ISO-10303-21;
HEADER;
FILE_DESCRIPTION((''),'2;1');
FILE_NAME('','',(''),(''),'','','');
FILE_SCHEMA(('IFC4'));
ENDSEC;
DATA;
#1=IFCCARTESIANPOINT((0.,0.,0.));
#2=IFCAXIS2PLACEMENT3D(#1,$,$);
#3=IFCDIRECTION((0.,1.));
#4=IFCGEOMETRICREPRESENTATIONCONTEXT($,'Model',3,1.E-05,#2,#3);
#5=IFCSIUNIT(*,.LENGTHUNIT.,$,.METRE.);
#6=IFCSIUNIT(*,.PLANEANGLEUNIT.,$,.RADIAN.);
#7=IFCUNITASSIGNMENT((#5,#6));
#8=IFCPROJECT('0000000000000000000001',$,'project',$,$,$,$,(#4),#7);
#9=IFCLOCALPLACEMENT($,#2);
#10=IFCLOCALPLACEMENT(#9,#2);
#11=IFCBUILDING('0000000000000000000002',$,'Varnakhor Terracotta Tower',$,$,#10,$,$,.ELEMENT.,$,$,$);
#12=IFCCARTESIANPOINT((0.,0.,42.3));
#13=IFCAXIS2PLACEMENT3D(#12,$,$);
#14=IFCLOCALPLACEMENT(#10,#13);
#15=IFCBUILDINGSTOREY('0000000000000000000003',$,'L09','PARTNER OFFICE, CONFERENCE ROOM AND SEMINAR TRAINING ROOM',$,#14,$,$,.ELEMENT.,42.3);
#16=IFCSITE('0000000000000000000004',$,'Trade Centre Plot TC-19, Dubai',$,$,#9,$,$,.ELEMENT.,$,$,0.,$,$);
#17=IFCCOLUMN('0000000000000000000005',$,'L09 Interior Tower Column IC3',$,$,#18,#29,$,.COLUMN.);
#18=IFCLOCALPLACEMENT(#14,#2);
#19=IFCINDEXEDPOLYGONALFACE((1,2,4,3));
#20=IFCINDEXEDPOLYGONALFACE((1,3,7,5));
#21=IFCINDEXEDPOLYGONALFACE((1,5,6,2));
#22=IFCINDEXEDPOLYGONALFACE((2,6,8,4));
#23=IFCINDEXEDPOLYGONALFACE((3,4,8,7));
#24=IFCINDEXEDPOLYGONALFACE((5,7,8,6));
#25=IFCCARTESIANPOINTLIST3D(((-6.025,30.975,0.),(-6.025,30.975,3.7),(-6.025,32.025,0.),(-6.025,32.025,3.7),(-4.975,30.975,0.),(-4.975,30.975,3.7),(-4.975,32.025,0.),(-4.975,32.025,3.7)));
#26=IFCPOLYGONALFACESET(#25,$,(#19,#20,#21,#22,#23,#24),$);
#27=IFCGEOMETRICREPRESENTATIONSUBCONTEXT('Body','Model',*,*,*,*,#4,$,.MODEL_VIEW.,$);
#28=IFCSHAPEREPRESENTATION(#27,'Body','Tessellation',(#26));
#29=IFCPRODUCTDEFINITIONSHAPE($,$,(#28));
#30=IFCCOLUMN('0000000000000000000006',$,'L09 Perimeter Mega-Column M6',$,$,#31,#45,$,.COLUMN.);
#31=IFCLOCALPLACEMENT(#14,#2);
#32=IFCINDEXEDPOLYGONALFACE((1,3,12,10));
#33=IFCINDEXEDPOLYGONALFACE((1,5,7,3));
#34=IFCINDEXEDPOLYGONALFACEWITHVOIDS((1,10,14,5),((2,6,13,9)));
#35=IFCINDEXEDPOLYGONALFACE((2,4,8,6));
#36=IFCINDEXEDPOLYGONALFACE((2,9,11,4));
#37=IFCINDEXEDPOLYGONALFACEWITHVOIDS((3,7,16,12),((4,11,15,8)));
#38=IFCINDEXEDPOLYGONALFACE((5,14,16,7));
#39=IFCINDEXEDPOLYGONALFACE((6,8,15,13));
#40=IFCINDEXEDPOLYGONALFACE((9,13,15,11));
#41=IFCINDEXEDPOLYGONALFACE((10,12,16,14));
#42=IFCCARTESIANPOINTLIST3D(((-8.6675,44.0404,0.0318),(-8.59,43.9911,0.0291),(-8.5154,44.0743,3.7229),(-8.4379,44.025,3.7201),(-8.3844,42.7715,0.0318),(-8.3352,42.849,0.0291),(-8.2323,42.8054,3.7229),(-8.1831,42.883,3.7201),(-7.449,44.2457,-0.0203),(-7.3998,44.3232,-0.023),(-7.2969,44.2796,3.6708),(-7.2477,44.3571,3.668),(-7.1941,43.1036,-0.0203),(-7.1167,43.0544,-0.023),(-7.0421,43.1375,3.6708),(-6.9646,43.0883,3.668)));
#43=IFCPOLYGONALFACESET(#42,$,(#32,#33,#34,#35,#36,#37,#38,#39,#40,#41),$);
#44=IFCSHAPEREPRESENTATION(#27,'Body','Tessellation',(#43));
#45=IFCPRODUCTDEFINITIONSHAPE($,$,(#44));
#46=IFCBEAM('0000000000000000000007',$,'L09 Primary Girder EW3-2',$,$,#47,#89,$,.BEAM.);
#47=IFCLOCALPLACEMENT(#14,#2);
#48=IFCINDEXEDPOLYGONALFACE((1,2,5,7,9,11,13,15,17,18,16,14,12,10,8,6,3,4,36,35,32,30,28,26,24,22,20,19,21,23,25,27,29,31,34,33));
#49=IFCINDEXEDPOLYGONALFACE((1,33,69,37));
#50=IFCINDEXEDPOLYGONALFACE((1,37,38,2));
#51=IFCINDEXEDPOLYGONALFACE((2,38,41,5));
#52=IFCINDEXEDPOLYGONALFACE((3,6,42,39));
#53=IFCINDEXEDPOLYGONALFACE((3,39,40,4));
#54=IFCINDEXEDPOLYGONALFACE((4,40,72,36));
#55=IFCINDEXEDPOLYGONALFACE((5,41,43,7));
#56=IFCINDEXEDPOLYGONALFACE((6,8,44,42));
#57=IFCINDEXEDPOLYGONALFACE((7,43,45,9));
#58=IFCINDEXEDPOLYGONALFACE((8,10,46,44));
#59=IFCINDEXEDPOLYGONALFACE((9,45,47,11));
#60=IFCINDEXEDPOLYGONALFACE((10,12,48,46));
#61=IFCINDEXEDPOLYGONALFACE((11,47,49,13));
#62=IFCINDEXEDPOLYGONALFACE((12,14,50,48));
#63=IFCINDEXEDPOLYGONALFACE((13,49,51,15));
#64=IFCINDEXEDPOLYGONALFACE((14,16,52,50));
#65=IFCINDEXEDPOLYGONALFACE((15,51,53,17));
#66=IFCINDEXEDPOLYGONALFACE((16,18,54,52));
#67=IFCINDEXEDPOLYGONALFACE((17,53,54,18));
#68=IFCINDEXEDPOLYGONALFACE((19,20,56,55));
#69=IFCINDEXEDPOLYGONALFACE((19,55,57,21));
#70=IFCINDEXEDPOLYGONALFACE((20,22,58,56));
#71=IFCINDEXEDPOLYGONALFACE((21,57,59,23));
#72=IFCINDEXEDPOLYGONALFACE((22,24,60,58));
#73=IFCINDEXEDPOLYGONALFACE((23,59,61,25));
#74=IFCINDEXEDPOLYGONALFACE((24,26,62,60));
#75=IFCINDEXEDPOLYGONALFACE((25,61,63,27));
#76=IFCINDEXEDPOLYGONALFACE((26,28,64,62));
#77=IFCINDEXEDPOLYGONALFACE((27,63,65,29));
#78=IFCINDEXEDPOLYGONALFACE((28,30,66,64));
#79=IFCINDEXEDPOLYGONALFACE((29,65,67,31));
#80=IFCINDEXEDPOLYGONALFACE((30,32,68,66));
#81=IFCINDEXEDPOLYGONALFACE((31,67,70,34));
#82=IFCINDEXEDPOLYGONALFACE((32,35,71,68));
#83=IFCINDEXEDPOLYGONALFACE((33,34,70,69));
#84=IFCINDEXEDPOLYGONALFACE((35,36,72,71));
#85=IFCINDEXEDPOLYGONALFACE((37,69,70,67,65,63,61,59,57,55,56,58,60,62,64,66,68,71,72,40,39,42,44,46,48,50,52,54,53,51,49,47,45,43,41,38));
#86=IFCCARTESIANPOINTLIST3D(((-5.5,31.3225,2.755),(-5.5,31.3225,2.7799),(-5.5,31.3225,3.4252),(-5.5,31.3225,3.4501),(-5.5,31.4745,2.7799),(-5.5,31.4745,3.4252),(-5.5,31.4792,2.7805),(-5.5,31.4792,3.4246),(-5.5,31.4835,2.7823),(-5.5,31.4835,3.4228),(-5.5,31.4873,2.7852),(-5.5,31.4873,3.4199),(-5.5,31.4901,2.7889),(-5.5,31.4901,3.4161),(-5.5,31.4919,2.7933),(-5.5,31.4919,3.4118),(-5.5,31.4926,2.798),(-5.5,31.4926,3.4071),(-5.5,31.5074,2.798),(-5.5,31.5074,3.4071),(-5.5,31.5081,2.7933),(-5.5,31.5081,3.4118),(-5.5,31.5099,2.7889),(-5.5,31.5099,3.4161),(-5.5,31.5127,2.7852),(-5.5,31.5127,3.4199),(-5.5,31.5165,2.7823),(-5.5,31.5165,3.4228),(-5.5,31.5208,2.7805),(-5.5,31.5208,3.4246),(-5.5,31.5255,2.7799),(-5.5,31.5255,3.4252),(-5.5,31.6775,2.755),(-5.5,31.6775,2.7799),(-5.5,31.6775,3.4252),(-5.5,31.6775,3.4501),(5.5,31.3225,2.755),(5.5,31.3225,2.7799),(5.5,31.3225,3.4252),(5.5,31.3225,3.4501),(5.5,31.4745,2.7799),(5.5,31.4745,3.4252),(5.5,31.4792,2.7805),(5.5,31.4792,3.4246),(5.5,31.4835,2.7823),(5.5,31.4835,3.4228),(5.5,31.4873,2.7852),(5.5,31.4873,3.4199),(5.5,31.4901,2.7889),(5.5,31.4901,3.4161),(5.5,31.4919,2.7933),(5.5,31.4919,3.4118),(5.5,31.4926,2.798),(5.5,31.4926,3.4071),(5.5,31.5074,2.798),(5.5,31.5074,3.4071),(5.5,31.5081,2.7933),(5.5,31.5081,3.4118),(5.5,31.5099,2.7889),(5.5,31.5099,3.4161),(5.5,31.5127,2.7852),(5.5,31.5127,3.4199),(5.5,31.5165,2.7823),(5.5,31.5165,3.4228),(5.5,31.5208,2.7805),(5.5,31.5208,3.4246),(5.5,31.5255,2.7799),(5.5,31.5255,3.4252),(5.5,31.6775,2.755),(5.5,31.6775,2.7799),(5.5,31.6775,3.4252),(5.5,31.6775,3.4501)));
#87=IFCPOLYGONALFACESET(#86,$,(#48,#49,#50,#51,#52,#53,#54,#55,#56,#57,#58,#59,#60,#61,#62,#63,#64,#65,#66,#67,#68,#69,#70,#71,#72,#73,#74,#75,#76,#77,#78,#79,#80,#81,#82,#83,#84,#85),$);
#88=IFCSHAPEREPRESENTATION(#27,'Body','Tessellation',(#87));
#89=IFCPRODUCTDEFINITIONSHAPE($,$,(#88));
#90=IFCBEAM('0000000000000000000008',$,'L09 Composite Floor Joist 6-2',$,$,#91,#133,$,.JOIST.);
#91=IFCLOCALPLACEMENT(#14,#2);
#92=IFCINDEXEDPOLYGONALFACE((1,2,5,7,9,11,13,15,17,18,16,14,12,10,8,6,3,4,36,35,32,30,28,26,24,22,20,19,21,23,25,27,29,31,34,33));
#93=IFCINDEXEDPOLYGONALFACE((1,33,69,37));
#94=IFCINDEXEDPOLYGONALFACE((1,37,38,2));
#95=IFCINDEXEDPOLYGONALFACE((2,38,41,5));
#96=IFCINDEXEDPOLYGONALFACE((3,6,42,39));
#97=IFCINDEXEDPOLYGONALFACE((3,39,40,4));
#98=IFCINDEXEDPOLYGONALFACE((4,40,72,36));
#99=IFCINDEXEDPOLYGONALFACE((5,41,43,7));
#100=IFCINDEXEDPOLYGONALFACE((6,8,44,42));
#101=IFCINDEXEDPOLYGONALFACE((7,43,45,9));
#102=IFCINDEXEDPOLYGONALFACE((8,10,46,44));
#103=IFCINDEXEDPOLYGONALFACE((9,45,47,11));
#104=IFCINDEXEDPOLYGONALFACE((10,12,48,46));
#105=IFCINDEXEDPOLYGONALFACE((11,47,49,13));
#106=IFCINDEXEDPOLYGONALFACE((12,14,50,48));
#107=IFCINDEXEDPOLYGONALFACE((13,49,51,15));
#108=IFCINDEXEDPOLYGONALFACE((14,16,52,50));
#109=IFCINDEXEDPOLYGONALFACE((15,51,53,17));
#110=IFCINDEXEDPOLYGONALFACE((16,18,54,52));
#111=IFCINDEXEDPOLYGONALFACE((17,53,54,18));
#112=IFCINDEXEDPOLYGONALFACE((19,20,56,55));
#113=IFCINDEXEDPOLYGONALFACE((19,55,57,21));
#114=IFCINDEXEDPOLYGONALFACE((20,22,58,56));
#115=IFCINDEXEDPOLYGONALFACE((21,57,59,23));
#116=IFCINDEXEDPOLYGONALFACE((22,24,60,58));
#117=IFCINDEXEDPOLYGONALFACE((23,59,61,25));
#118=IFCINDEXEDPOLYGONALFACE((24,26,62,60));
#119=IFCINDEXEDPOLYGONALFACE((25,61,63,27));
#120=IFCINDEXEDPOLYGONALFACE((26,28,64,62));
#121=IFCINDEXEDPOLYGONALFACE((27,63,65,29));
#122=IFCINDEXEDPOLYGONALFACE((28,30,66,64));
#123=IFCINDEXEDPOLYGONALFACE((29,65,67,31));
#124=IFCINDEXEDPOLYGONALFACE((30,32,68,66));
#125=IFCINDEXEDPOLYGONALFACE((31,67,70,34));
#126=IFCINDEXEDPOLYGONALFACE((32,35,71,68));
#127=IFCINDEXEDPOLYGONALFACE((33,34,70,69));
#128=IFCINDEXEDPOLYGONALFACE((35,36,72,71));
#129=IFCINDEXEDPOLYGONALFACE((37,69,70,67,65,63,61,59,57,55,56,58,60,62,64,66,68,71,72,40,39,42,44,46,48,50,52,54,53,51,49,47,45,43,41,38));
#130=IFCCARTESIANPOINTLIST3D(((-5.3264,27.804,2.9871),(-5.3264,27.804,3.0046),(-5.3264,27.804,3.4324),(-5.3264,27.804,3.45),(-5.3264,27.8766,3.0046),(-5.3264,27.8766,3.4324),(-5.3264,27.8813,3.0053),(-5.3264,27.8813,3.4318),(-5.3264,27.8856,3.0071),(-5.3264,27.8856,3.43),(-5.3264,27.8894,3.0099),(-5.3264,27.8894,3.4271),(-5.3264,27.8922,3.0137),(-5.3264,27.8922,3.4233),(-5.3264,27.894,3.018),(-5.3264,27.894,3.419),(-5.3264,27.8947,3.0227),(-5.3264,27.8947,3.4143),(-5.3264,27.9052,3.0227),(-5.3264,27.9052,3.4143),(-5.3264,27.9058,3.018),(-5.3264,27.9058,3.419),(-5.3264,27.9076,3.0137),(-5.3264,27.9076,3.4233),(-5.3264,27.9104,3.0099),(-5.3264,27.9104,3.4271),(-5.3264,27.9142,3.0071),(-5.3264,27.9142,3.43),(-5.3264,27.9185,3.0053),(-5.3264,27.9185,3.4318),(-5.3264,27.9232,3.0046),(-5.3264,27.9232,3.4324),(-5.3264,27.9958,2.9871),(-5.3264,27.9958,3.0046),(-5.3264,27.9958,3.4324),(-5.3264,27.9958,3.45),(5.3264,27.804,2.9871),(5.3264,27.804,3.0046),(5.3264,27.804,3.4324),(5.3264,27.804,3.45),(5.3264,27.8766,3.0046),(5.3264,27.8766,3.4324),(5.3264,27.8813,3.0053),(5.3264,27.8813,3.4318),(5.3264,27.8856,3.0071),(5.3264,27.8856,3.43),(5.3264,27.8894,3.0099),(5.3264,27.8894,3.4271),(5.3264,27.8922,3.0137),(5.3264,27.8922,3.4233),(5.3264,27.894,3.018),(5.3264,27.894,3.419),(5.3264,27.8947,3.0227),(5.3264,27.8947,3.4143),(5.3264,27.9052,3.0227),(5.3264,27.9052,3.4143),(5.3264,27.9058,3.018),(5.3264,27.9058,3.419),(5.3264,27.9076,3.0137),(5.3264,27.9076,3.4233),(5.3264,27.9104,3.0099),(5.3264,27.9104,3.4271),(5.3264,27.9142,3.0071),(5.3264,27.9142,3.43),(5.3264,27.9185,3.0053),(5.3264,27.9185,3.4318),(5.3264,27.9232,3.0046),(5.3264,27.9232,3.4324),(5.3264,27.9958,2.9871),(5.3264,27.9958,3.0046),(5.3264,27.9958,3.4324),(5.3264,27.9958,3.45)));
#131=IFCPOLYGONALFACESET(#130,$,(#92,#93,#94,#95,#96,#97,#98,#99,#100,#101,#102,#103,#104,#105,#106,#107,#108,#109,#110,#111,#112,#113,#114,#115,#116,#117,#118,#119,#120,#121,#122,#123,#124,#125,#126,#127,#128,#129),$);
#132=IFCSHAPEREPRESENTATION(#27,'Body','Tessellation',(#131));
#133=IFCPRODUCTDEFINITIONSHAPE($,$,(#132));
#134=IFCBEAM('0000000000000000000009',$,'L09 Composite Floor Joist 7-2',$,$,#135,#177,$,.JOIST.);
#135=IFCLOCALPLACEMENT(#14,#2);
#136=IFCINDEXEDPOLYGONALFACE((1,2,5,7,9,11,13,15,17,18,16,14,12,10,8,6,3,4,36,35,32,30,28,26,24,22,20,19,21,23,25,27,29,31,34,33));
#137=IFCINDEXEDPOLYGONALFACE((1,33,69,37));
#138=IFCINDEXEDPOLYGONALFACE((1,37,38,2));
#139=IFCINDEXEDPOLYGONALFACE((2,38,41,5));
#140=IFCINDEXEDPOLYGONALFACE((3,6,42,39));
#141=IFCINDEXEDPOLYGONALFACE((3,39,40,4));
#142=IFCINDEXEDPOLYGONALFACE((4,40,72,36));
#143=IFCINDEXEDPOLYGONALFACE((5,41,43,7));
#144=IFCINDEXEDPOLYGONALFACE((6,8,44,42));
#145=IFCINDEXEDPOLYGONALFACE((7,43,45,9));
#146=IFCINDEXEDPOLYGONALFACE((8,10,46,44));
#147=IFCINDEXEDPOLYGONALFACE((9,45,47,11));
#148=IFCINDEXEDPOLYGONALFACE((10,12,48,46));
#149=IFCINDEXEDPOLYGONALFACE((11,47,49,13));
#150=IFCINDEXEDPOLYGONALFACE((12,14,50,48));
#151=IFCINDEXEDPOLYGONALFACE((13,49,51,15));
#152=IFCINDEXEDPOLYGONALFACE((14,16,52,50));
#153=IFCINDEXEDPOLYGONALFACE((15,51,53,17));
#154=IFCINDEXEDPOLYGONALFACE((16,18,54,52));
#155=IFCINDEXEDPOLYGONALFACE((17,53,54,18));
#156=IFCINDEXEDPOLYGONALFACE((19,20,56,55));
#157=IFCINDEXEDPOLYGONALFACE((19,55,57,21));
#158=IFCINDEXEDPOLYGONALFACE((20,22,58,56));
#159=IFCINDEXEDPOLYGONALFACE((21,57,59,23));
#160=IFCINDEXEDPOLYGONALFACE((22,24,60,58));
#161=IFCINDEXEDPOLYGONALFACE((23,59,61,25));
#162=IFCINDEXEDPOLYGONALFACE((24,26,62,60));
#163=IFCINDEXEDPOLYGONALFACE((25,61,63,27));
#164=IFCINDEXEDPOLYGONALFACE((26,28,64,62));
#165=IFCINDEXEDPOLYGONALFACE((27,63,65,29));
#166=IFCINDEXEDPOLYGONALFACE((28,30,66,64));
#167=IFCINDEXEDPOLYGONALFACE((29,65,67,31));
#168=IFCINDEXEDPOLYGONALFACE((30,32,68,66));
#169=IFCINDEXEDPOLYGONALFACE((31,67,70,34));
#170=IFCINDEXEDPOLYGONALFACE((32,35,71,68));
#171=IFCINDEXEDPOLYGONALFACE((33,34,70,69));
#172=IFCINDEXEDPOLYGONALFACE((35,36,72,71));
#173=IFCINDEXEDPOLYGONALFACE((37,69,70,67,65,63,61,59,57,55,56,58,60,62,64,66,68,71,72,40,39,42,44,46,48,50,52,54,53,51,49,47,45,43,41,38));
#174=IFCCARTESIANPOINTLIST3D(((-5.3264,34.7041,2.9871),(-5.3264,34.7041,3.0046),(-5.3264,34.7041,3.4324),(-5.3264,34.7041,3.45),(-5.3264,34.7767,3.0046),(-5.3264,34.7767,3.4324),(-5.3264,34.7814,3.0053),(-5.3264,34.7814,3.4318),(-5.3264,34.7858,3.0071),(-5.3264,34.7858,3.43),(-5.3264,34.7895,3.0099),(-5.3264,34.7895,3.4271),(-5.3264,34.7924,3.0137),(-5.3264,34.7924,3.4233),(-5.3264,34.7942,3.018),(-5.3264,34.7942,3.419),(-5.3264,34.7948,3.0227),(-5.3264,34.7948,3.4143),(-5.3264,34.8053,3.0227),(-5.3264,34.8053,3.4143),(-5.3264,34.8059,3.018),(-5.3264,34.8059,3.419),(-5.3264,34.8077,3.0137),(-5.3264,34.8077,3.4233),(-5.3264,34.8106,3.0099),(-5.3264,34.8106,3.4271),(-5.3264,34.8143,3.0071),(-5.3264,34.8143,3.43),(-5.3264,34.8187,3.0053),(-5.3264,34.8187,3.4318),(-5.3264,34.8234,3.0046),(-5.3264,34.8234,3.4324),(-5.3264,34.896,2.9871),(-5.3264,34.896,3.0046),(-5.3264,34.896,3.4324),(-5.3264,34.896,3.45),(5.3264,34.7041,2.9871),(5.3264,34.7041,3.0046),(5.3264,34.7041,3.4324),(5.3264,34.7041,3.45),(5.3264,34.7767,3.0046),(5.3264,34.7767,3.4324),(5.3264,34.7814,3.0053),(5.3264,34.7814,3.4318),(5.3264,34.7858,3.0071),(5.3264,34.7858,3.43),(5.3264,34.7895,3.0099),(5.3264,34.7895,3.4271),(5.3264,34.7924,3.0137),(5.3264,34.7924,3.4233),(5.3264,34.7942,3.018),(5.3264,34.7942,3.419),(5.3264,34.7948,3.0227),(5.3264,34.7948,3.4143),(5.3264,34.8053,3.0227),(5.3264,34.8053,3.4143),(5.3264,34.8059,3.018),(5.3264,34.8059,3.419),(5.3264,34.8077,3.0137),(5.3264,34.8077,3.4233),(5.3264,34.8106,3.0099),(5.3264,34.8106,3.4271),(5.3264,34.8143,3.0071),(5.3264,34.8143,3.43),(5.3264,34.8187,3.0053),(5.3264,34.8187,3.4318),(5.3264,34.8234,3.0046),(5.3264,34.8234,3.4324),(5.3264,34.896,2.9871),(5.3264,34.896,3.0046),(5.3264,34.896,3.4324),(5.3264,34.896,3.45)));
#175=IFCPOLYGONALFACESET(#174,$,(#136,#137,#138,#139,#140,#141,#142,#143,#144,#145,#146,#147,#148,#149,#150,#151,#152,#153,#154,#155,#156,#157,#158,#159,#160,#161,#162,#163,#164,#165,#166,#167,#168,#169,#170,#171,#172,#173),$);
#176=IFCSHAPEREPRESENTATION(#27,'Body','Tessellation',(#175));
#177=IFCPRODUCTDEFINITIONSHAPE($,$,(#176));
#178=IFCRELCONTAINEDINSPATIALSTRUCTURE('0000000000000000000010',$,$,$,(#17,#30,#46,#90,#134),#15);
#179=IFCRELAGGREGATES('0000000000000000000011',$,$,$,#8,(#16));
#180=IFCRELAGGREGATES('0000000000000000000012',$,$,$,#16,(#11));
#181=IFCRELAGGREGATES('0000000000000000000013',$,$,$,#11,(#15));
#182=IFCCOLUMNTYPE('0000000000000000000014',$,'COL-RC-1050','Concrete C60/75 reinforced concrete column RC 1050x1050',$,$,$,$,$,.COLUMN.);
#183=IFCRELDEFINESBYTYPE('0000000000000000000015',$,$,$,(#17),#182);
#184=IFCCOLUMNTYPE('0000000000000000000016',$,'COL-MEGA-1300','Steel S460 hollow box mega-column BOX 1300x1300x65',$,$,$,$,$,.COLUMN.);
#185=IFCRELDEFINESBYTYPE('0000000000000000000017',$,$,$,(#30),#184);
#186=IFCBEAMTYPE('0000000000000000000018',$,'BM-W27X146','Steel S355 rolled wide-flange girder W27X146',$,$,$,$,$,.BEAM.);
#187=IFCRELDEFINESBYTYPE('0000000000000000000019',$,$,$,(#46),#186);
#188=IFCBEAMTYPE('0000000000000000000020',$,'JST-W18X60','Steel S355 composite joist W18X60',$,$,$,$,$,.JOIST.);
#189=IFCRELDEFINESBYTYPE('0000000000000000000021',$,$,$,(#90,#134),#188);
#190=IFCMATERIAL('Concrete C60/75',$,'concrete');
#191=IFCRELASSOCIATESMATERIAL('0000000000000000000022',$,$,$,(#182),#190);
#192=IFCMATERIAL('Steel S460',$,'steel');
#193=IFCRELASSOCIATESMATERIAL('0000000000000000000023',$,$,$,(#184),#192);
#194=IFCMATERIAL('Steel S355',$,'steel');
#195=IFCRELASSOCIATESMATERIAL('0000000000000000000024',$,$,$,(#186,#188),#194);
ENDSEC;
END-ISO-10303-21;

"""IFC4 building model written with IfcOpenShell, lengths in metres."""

from ifc_helpers import new_model, si_unit, direction, frame, origin, origin_2d, place, context, subcontext, project, spatial, rectangle, hollow_rectangle, i_section, extrude, source, transform, mapped, material, material_profile, profile_set, type_object, element, save


model = new_model("IFC4")

# Units and contexts
model_context = context("Model", 3, precision=1e-05, world=origin(), true_north=direction((0.0, 1.0)))
body_context = subcontext(model_context, "Body", "Model", "MODEL_VIEW")
ifc_project = project(units=[si_unit("LENGTHUNIT", "METRE"), si_unit("PLANEANGLEUNIT", "RADIAN")], contexts=[model_context])

# Site, building, storey
site_placement = place(None, origin())
site = spatial("IfcSite", under=ifc_project, at=site_placement, Name="Trade Centre Plot TC-19, Dubai", CompositionType="ELEMENT", RefElevation=0.0)
building_placement = place(site_placement, origin())
building = spatial("IfcBuilding", under=site, at=building_placement, Name="Varnakhor Terracotta Tower", CompositionType="ELEMENT")
storey_placement = place(building_placement, frame((0.0, 0.0, 42.3)))
storey = spatial("IfcBuildingStorey", under=building, at=storey_placement, Name="L09", Description="PARTNER OFFICE, CONFERENCE ROOM AND SEMINAR TRAINING ROOM", CompositionType="ELEMENT", Elevation=42.3)

# Columns
ifc_material_1 = material(Name="Concrete C60/75", Category="concrete")
ifc_material_profile_1 = material_profile(ifc_material_1, rectangle(XDim=1.05, YDim=1.05, at=origin_2d()), Name="RC 1050x1050")
ifc_profile_set_1 = profile_set([ifc_material_profile_1], Name="Concrete C60/75")
column_type_1 = type_object("IfcColumnType", Name="COL-RC-1050", Description="Concrete C60/75 reinforced concrete column RC 1050x1050", PredefinedType="COLUMN", material=ifc_profile_set_1)
shared_shape_1 = source(origin(), body_context, "Body", "SweptSolid", [
    extrude(rectangle(XDim=1.05, YDim=1.05, at=origin_2d()), origin(), (0.0, 0.0, 1.0), 3.7),
])
column_1_placement = place(storey_placement, frame((-5.5, 31.5, 0.0), z_axis=(0.0, 0.0, 1.0), x_axis=(1.0, 0.0, 0.0)))
element("IfcColumn", 1, at=column_1_placement, inside=storey, type_object=column_type_1, Name="L09 Interior Tower Column IC3", PredefinedType="COLUMN", context=body_context, shape_type="MappedRepresentation", body=[
    mapped(shared_shape_1, transform((0.0, 0.0, 0.0), scale=1.0)),
])
ifc_material_2 = material(Name="Steel S460", Category="steel")
ifc_material_profile_2 = material_profile(ifc_material_2, hollow_rectangle(XDim=1.3, YDim=1.3, WallThickness=0.0649, at=origin_2d()), Name="BOX 1300x1300x65")
ifc_profile_set_2 = profile_set([ifc_material_profile_2], Name="Steel S460")
column_type_2 = type_object("IfcColumnType", Name="COL-MEGA-1300", Description="Steel S460 hollow box mega-column BOX 1300x1300x65", PredefinedType="COLUMN", material=ifc_profile_set_2)
shared_shape_2 = source(origin(), body_context, "Body", "SweptSolid", [
    extrude(hollow_rectangle(XDim=1.3, YDim=1.3, WallThickness=0.0649, at=origin_2d()), origin(), (0.0, 0.0, 1.0), 3.6943),
])
column_2_placement = place(storey_placement, frame((-7.8921, 43.5474, 0.0044), z_axis=(0.04117, 0.009186, 0.99911), x_axis=(-0.21776, 0.976002, 0.0)))
element("IfcColumn", 2, at=column_2_placement, inside=storey, type_object=column_type_2, Name="L09 Perimeter Mega-Column M6", PredefinedType="COLUMN", context=body_context, shape_type="MappedRepresentation", body=[
    mapped(shared_shape_2, transform((0.0, 0.0, 0.0), scale=1.0)),
])

# Beams
ifc_material_3 = material(Name="Steel S355", Category="steel")
ifc_material_profile_3 = material_profile(ifc_material_3, i_section(OverallWidth=0.355, OverallDepth=0.6951, WebThickness=0.0149, FlangeThickness=0.0249, FilletRadius=0.0181, at=origin_2d()), Name="W27X146")
ifc_profile_set_3 = profile_set([ifc_material_profile_3], Name="Steel S355")
beam_type_1 = type_object("IfcBeamType", Name="BM-W27X146", Description="Steel S355 rolled wide-flange girder W27X146", PredefinedType="BEAM", material=ifc_profile_set_3)
shared_shape_3 = source(origin(), body_context, "Body", "SweptSolid", [
    extrude(i_section(OverallWidth=0.355, OverallDepth=0.6951, WebThickness=0.0149, FlangeThickness=0.0249, FilletRadius=0.0181, at=origin_2d()), origin(), (0.0, 0.0, 1.0), 11.0),
])
beam_1_placement = place(storey_placement, frame((-5.5, 31.5, 3.1025), z_axis=(1.0, 0.0, 0.0), x_axis=(0.0, 1.0, 0.0)))
element("IfcBeam", 3, at=beam_1_placement, inside=storey, type_object=beam_type_1, Name="L09 Primary Girder EW3-2", PredefinedType="BEAM", context=body_context, shape_type="MappedRepresentation", body=[
    mapped(shared_shape_3, transform((0.0, 0.0, 0.0), scale=1.0)),
])
ifc_material_profile_4 = material_profile(ifc_material_3, i_section(OverallWidth=0.1919, OverallDepth=0.4629, WebThickness=0.0105, FlangeThickness=0.0176, FilletRadius=0.0181, at=origin_2d()), Name="W18X60")
ifc_profile_set_4 = profile_set([ifc_material_profile_4], Name="Steel S355")
beam_type_2 = type_object("IfcBeamType", Name="JST-W18X60", Description="Steel S355 composite joist W18X60", PredefinedType="JOIST", material=ifc_profile_set_4)
shared_shape_4 = source(origin(), body_context, "Body", "SweptSolid", [
    extrude(i_section(OverallWidth=0.1919, OverallDepth=0.4629, WebThickness=0.0105, FlangeThickness=0.0176, FilletRadius=0.0181, at=origin_2d()), origin(), (0.0, 0.0, 1.0), 10.6528),
])
for number, where, z_axis, x_axis, name in (
    (4, (-5.3264, 27.8999, 3.2185), (1.0, 0.0, 0.0), (0.0, 1.0, 0.0), "L09 Composite Floor Joist 6-2"),
    (5, (-5.3264, 34.8, 3.2185), (1.0, 0.0, 0.0), (0.0, 1.0, 0.0), "L09 Composite Floor Joist 7-2"),
):
    element("IfcBeam", number, at=place(storey_placement, frame(where, z_axis=z_axis, x_axis=x_axis)), inside=storey, type_object=beam_type_2, Name=name, PredefinedType="JOIST", context=body_context, shape_type="MappedRepresentation", body=[
        mapped(shared_shape_4, transform((0.0, 0.0, 0.0), scale=1.0)),
    ])

save(model, "model.ifc")
